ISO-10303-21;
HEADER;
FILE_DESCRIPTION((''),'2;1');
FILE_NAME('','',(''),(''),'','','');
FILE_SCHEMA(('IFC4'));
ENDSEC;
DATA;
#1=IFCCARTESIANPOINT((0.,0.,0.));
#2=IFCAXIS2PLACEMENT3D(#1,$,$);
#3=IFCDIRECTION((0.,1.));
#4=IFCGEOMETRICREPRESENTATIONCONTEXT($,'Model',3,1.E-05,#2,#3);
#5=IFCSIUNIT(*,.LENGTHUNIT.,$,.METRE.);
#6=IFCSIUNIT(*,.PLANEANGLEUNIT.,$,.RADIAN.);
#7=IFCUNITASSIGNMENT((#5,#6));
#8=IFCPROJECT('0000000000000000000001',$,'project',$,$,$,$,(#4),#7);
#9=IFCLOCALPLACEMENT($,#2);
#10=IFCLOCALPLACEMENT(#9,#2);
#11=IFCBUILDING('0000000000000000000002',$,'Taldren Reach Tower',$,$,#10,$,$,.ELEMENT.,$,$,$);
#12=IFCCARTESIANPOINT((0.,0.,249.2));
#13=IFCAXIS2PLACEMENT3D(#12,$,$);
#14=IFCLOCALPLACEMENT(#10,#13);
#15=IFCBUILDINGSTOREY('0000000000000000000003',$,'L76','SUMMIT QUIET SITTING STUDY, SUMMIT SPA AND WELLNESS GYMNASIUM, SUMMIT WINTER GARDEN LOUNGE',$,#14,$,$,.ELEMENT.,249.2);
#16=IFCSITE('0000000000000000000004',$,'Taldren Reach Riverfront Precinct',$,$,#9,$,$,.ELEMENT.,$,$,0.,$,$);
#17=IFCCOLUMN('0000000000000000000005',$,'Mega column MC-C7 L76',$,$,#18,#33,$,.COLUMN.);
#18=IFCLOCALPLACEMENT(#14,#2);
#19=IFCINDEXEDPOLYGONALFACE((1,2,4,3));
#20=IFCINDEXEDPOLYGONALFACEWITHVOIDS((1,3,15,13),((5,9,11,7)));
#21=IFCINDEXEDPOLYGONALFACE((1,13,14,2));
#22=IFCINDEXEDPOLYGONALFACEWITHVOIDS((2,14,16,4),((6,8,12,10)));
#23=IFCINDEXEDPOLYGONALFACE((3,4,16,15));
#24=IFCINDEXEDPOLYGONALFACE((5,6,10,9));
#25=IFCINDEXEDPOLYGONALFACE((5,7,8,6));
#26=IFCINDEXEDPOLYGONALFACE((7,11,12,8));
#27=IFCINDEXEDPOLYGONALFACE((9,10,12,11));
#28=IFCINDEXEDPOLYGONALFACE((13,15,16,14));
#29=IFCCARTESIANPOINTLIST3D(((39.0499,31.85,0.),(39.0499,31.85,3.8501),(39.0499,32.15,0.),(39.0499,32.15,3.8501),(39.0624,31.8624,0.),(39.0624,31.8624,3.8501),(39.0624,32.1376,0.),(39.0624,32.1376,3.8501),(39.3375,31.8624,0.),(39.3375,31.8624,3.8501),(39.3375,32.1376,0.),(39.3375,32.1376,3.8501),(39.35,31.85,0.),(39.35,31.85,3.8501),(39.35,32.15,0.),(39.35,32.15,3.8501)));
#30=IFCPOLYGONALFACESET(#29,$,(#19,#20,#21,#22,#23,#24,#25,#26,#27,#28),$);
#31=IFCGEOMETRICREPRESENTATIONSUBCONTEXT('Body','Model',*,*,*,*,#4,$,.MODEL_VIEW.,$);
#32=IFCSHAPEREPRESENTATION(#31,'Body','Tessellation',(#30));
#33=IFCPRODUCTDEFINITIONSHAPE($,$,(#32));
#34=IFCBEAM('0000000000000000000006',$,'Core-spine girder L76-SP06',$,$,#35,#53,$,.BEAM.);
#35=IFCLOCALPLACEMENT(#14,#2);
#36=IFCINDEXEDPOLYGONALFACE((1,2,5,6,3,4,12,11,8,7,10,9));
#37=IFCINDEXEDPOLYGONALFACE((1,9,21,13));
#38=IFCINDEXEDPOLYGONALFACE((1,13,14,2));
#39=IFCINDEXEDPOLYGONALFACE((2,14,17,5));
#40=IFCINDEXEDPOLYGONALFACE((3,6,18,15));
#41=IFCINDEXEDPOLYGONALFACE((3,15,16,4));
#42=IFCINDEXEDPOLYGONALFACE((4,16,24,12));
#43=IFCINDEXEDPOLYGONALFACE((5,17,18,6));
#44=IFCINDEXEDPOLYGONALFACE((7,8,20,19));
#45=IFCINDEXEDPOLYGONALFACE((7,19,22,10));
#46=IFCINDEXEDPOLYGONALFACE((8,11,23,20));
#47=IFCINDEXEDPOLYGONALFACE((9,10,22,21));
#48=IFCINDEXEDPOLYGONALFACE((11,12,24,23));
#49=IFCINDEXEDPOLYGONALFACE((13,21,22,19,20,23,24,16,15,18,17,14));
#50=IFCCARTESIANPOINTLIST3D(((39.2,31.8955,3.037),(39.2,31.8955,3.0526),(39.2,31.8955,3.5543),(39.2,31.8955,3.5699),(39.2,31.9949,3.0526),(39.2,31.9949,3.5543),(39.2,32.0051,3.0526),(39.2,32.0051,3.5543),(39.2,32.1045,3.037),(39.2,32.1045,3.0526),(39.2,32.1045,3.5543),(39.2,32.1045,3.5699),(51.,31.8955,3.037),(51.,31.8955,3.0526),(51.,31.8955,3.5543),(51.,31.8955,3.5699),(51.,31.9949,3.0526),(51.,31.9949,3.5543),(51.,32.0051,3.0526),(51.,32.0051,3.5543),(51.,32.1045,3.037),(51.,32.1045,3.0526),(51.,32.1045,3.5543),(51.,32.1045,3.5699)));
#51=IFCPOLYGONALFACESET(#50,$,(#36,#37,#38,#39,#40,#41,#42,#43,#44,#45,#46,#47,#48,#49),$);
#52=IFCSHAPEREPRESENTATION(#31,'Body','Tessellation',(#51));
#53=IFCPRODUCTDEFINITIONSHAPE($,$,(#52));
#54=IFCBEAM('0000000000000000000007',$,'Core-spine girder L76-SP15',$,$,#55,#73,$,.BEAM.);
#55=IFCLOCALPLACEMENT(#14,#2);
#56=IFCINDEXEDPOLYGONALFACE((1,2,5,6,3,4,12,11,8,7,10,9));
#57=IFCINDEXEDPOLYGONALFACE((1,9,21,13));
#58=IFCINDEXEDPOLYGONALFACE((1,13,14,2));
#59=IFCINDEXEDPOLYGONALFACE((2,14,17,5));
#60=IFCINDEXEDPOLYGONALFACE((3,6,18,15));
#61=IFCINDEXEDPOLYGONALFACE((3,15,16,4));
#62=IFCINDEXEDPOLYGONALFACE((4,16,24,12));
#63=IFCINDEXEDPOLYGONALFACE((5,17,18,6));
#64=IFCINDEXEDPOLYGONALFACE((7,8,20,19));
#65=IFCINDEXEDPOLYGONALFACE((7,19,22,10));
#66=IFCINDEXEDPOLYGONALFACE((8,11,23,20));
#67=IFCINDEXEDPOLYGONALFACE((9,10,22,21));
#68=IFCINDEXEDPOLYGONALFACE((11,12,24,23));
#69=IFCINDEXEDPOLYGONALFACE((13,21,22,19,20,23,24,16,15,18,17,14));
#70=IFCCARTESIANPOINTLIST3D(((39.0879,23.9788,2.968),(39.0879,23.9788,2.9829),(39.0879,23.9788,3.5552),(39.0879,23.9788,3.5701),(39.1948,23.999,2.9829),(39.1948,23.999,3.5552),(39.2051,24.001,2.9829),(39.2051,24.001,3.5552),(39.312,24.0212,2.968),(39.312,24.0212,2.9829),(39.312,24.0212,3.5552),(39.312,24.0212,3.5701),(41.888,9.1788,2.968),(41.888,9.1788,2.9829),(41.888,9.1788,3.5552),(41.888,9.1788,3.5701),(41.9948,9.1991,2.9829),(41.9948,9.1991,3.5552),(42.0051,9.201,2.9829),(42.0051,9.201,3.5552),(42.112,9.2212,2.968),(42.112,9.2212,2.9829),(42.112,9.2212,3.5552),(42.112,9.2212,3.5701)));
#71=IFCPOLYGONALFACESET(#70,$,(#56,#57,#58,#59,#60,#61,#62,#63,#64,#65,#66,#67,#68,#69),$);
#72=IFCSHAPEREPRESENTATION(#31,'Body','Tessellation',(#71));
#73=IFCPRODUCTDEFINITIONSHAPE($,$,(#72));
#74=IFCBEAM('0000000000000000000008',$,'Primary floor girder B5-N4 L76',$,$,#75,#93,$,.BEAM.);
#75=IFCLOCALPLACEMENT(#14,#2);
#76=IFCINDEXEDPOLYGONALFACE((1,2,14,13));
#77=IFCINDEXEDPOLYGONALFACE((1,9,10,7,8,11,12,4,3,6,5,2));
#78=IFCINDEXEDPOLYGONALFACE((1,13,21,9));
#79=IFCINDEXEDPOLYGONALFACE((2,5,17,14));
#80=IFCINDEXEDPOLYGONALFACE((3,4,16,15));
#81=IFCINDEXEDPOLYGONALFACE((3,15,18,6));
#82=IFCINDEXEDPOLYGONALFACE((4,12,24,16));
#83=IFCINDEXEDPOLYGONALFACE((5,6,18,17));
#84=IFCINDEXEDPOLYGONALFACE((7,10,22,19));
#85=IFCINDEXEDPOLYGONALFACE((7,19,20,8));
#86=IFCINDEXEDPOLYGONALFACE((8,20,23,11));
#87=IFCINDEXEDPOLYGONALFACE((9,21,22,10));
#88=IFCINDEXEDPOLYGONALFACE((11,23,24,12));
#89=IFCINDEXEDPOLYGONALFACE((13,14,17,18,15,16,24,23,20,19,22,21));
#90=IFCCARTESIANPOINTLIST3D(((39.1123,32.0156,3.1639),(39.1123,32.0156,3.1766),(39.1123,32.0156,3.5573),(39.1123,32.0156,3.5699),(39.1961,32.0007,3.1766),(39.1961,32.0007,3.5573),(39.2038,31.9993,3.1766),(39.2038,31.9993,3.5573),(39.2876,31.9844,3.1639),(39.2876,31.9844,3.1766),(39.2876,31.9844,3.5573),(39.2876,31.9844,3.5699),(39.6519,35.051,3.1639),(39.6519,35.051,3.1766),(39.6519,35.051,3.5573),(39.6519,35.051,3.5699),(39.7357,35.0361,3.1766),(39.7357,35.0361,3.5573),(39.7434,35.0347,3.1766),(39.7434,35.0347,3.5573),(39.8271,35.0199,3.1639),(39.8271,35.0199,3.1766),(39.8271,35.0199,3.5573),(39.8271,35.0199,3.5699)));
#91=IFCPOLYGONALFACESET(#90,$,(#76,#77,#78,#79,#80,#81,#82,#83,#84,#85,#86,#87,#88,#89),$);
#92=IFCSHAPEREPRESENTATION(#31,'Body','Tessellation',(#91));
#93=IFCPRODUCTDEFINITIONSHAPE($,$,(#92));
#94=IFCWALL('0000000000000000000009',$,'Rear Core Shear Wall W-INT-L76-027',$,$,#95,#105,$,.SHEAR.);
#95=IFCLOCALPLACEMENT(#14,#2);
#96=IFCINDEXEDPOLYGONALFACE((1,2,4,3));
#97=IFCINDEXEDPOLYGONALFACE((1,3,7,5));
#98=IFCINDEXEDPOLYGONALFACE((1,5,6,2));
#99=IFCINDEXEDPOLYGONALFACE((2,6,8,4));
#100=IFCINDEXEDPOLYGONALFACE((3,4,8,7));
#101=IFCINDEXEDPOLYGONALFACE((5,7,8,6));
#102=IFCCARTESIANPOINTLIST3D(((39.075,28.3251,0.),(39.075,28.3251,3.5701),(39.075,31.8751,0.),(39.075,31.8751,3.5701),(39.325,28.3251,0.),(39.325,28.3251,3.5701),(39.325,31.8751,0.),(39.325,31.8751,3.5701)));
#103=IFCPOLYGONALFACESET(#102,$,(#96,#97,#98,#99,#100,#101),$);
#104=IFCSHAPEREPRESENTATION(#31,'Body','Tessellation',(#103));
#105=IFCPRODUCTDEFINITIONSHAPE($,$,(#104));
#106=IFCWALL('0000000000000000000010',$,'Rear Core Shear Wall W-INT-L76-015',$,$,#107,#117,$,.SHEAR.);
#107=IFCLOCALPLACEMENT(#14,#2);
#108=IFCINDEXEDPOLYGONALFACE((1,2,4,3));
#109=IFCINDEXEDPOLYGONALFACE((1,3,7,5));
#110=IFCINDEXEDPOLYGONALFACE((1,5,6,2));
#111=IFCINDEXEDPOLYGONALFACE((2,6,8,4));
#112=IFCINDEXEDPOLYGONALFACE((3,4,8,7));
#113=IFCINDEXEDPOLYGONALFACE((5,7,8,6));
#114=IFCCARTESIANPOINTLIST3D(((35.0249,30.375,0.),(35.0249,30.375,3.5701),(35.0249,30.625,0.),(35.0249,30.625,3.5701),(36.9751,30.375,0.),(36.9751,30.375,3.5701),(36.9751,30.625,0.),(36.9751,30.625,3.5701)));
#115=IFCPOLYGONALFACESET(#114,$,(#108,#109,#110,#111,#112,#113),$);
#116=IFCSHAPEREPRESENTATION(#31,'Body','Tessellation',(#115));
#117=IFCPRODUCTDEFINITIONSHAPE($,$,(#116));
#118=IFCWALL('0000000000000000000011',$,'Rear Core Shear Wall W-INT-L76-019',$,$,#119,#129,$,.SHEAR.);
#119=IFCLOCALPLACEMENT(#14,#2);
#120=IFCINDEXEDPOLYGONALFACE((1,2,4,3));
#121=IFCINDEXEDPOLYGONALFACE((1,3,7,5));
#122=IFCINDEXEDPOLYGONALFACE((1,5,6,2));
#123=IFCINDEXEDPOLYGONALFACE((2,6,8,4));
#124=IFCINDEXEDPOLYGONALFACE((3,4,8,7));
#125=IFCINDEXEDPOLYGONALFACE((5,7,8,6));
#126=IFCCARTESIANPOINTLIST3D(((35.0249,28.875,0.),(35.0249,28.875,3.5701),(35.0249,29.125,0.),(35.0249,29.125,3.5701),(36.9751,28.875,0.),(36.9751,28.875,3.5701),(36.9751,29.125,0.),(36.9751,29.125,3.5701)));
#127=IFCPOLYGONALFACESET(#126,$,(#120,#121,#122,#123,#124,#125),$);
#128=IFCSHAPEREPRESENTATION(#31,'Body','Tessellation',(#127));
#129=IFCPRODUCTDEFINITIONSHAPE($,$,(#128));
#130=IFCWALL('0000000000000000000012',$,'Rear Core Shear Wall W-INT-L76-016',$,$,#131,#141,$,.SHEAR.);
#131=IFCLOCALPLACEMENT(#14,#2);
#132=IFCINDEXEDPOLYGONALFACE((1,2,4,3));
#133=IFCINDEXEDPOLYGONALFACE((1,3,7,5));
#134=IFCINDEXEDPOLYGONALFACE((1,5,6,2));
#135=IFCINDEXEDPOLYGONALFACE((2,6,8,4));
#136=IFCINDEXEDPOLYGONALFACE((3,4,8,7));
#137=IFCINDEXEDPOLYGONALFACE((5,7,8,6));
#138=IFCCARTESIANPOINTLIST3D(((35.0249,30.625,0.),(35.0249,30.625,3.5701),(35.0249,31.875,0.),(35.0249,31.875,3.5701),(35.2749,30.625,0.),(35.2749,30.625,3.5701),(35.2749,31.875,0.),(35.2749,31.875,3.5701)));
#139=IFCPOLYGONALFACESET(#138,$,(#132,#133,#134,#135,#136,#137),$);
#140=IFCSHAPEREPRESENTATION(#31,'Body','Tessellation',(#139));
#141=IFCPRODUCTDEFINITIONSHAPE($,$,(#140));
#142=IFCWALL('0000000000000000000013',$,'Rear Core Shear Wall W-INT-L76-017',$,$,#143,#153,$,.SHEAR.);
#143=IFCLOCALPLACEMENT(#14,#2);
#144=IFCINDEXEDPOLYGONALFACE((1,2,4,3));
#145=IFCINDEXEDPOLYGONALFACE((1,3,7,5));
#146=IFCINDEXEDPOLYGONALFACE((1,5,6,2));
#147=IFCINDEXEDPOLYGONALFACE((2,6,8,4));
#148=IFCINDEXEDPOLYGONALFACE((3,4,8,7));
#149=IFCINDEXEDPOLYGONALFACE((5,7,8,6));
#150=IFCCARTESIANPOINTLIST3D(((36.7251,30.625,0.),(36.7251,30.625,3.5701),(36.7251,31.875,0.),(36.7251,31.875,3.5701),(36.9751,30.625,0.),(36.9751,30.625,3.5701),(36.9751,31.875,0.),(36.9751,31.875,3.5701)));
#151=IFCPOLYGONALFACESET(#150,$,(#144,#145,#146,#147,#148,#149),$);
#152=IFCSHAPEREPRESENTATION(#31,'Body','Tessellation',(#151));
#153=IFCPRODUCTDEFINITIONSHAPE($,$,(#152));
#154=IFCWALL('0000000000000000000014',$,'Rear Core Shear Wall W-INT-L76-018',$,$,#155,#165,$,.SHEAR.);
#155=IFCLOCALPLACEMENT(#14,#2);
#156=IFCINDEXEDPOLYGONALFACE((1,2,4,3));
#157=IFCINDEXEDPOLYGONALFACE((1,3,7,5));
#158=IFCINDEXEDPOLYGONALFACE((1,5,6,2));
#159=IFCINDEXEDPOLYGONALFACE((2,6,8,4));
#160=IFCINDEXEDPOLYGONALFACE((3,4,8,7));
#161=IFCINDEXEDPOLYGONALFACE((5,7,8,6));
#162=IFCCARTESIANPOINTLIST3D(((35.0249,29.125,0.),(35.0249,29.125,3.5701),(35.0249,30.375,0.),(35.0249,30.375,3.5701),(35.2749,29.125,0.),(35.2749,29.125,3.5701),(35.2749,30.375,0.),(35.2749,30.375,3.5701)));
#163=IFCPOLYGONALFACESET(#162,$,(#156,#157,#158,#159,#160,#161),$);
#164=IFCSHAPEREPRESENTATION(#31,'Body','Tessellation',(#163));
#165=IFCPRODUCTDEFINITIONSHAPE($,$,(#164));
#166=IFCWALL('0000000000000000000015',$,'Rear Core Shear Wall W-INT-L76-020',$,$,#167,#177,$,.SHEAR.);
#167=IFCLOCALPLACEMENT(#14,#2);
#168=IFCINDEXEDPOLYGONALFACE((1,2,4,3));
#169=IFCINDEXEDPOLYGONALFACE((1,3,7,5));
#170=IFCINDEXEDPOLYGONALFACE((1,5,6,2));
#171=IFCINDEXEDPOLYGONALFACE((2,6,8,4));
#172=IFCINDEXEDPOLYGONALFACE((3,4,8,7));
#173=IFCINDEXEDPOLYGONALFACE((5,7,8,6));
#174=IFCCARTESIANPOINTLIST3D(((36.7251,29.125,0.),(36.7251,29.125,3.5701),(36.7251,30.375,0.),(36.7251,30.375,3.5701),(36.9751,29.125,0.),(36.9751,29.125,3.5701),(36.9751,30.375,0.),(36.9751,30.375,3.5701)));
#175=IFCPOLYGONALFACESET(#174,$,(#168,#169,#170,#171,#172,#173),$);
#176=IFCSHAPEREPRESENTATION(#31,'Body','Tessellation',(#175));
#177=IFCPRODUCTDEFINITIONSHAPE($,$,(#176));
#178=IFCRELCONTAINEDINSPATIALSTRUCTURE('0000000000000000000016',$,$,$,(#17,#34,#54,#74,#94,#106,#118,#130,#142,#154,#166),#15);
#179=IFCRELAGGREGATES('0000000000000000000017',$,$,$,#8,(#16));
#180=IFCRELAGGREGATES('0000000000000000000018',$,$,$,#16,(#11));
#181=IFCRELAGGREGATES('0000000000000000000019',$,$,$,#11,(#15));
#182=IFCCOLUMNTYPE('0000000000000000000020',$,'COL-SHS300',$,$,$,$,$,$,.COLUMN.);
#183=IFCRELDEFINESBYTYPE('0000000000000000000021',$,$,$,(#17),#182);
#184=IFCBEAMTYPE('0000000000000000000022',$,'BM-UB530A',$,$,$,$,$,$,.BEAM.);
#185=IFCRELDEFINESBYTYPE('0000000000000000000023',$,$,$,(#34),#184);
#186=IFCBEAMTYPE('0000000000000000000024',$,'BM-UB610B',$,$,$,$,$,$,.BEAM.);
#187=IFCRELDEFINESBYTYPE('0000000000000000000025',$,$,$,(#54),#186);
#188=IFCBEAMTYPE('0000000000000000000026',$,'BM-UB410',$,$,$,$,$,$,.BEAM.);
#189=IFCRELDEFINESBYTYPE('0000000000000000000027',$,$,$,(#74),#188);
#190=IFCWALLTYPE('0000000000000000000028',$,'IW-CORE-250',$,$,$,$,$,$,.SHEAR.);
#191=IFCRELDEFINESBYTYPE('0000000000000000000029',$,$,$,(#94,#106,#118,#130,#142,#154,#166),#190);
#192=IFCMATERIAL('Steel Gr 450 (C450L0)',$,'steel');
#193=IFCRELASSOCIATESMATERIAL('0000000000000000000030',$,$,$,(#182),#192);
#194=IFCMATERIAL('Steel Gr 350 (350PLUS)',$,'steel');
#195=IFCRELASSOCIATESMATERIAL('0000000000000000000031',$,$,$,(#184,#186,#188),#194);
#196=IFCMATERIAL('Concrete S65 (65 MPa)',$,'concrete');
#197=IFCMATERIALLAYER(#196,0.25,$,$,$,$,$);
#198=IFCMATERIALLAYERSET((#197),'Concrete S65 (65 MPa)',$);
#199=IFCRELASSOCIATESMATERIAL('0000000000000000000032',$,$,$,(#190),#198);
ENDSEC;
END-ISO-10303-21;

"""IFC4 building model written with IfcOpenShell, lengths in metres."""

from ifc_helpers import new_model, si_unit, direction, frame, frame_2d, origin, origin_2d, place, context, subcontext, project, spatial, rectangle, hollow_rectangle, i_section, extrude, source, transform, mapped, material, layer, layer_set, material_profile, profile_set, type_object, element, save


model = new_model("IFC4")

# Units and contexts
model_context = context("Model", 3, precision=1e-05, world=origin(), true_north=direction((0.0, 1.0)))
body_context = subcontext(model_context, "Body", "Model", "MODEL_VIEW")
ifc_project = project(units=[si_unit("LENGTHUNIT", "METRE"), si_unit("PLANEANGLEUNIT", "RADIAN")], contexts=[model_context])

# Site, building, storey
site_placement = place(None, origin())
site = spatial("IfcSite", under=ifc_project, at=site_placement, Name="Taldren Reach Riverfront Precinct", CompositionType="ELEMENT", RefElevation=0.0)
building_placement = place(site_placement, origin())
building = spatial("IfcBuilding", under=site, at=building_placement, Name="Taldren Reach Tower", CompositionType="ELEMENT")
storey_placement = place(building_placement, frame((0.0, 0.0, 249.2)))
storey = spatial("IfcBuildingStorey", under=building, at=storey_placement, Name="L76", Description="SUMMIT QUIET SITTING STUDY, SUMMIT SPA AND WELLNESS GYMNASIUM, SUMMIT WINTER GARDEN LOUNGE", CompositionType="ELEMENT", Elevation=249.2)

# Column
ifc_material_1 = material(Name="Steel Gr 450 (C450L0)", Category="steel")
ifc_material_profile_1 = material_profile(ifc_material_1, hollow_rectangle(XDim=0.3, YDim=0.3, WallThickness=0.0125, at=origin_2d()), Name="300x300x12.5SHS")
ifc_profile_set_1 = profile_set([ifc_material_profile_1], Name="Steel Gr 450 (C450L0)")
column_type = type_object("IfcColumnType", Name="COL-SHS300", PredefinedType="COLUMN", material=ifc_profile_set_1)
shared_shape_1 = source(origin(), body_context, "Body", "SweptSolid", [
    extrude(hollow_rectangle(XDim=0.3, YDim=0.3, WallThickness=0.0125, at=origin_2d()), origin(), (0.0, 0.0, 1.0), 3.8501),
])
column_placement = place(storey_placement, frame((39.2, 32.0, 0.0), z_axis=(0.0, 0.0, 1.0), x_axis=(1.0, 0.0, 0.0)))
element("IfcColumn", 1, at=column_placement, inside=storey, type_object=column_type, Name="Mega column MC-C7 L76", PredefinedType="COLUMN", context=body_context, shape_type="MappedRepresentation", body=[
    mapped(shared_shape_1, transform((0.0, 0.0, 0.0), scale=1.0)),
])

# Beams
ifc_material_2 = material(Name="Steel Gr 350 (350PLUS)", Category="steel")
ifc_material_profile_2 = material_profile(ifc_material_2, i_section(OverallWidth=0.209, OverallDepth=0.533, WebThickness=0.0103, FlangeThickness=0.0156, at=origin_2d()), Name="530UB92.4")
ifc_profile_set_2 = profile_set([ifc_material_profile_2], Name="Steel Gr 350 (350PLUS)")
beam_type_1 = type_object("IfcBeamType", Name="BM-UB530A", PredefinedType="BEAM", material=ifc_profile_set_2)
shared_shape_2 = source(origin(), body_context, "Body", "SweptSolid", [
    extrude(i_section(OverallWidth=0.209, OverallDepth=0.533, WebThickness=0.0103, FlangeThickness=0.0156, at=origin_2d()), origin(), (0.0, 0.0, 1.0), 11.8),
])
beam_1_placement = place(storey_placement, frame((39.2, 32.0, 3.3035), z_axis=(1.0, 0.0, 0.0), x_axis=(0.0, 1.0, 0.0)))
element("IfcBeam", 2, at=beam_1_placement, inside=storey, type_object=beam_type_1, Name="Core-spine girder L76-SP06", PredefinedType="BEAM", context=body_context, shape_type="MappedRepresentation", body=[
    mapped(shared_shape_2, transform((0.0, 0.0, 0.0), scale=1.0)),
])
ifc_material_profile_3 = material_profile(ifc_material_2, i_section(OverallWidth=0.228, OverallDepth=0.6021, WebThickness=0.0105, FlangeThickness=0.0149, at=origin_2d()), Name="610UB101")
ifc_profile_set_3 = profile_set([ifc_material_profile_3], Name="Steel Gr 350 (350PLUS)")
beam_type_2 = type_object("IfcBeamType", Name="BM-UB610B", PredefinedType="BEAM", material=ifc_profile_set_3)
shared_shape_3 = source(origin(), body_context, "Body", "SweptSolid", [
    extrude(i_section(OverallWidth=0.228, OverallDepth=0.6021, WebThickness=0.0105, FlangeThickness=0.0149, at=origin_2d()), origin(), (0.0, 0.0, 1.0), 15.0625),
])
beam_2_placement = place(storey_placement, frame((39.2, 24.0, 3.269), z_axis=(0.185894, -0.98257, 0.0), x_axis=(0.98257, 0.185894, 0.0)))
element("IfcBeam", 3, at=beam_2_placement, inside=storey, type_object=beam_type_2, Name="Core-spine girder L76-SP15", PredefinedType="BEAM", context=body_context, shape_type="MappedRepresentation", body=[
    mapped(shared_shape_3, transform((0.0, 0.0, 0.0), scale=1.0)),
])
ifc_material_profile_4 = material_profile(ifc_material_2, i_section(OverallWidth=0.178, OverallDepth=0.406, WebThickness=0.0078, FlangeThickness=0.0127, at=origin_2d()), Name="410UB59.7")
ifc_profile_set_4 = profile_set([ifc_material_profile_4], Name="Steel Gr 350 (350PLUS)")
beam_type_3 = type_object("IfcBeamType", Name="BM-UB410", PredefinedType="BEAM", material=ifc_profile_set_4)
shared_shape_4 = source(origin(), body_context, "Body", "SweptSolid", [
    extrude(i_section(OverallWidth=0.178, OverallDepth=0.406, WebThickness=0.0078, FlangeThickness=0.0127, at=origin_2d()), origin(), (0.0, 0.0, 1.0), 3.083),
])
beam_3_placement = place(storey_placement, frame((39.2, 32.0, 3.3669), z_axis=(0.175009, 0.984567, 0.0), x_axis=(-0.984567, 0.175009, 0.0)))
element("IfcBeam", 4, at=beam_3_placement, inside=storey, type_object=beam_type_3, Name="Primary floor girder B5-N4 L76", PredefinedType="BEAM", context=body_context, shape_type="MappedRepresentation", body=[
    mapped(shared_shape_4, transform((0.0, 0.0, 0.0), scale=1.0)),
])

# Walls
ifc_material_3 = material(Name="Concrete S65 (65 MPa)", Category="concrete")
ifc_layer_1 = layer(ifc_material_3, 0.25)
ifc_layer_set_1 = layer_set([ifc_layer_1], Name="Concrete S65 (65 MPa)")
wall_type_1 = type_object("IfcWallType", Name="IW-CORE-250", PredefinedType="SHEAR", material=ifc_layer_set_1)
shared_shape_5 = source(origin(), body_context, "Body", "SweptSolid", [
    extrude(rectangle(XDim=3.55, YDim=0.25, at=frame_2d((1.7749, 0.0))), origin(), (0.0, 0.0, 1.0), 3.5701),
])
wall_1_placement = place(storey_placement, frame((39.2, 31.875, 0.0), z_axis=(0.0, 0.0, 1.0), x_axis=(0.0, -1.0, 0.0)))
element("IfcWall", 5, at=wall_1_placement, inside=storey, type_object=wall_type_1, Name="Rear Core Shear Wall W-INT-L76-027", PredefinedType="SHEAR", context=body_context, shape_type="MappedRepresentation", body=[
    mapped(shared_shape_5, transform((0.0, 0.0, 0.0), scale=1.0)),
])
shared_shape_6 = source(origin(), body_context, "Body", "SweptSolid", [
    extrude(rectangle(XDim=1.9502, YDim=0.25, at=frame_2d((0.9751, 0.0))), origin(), (0.0, 0.0, 1.0), 3.5701),
])
for number, where, z_axis, x_axis, name in (
    (6, (35.0249, 30.5, 0.0), (0.0, 0.0, 1.0), (1.0, 0.0, 0.0), "Rear Core Shear Wall W-INT-L76-015"),
    (7, (35.0249, 29.0, 0.0), (0.0, 0.0, 1.0), (1.0, 0.0, 0.0), "Rear Core Shear Wall W-INT-L76-019"),
):
    element("IfcWall", number, at=place(storey_placement, frame(where, z_axis=z_axis, x_axis=x_axis)), inside=storey, type_object=wall_type_1, Name=name, PredefinedType="SHEAR", context=body_context, shape_type="MappedRepresentation", body=[
        mapped(shared_shape_6, transform((0.0, 0.0, 0.0), scale=1.0)),
    ])
shared_shape_7 = source(origin(), body_context, "Body", "SweptSolid", [
    extrude(rectangle(XDim=1.25, YDim=0.25, at=frame_2d((0.625, 0.0))), origin(), (0.0, 0.0, 1.0), 3.5701),
])
for number, where, z_axis, x_axis, name in (
    (8, (35.1499, 31.875, 0.0), (0.0, 0.0, 1.0), (0.0, -1.0, 0.0), "Rear Core Shear Wall W-INT-L76-016"),
    (9, (36.8501, 30.625, 0.0), (0.0, 0.0, 1.0), (0.0, 1.0, 0.0), "Rear Core Shear Wall W-INT-L76-017"),
    (10, (35.1499, 30.375, 0.0), (0.0, 0.0, 1.0), (0.0, -1.0, 0.0), "Rear Core Shear Wall W-INT-L76-018"),
    (11, (36.8501, 29.125, 0.0), (0.0, 0.0, 1.0), (0.0, 1.0, 0.0), "Rear Core Shear Wall W-INT-L76-020"),
):
    element("IfcWall", number, at=place(storey_placement, frame(where, z_axis=z_axis, x_axis=x_axis)), inside=storey, type_object=wall_type_1, Name=name, PredefinedType="SHEAR", context=body_context, shape_type="MappedRepresentation", body=[
        mapped(shared_shape_7, transform((0.0, 0.0, 0.0), scale=1.0)),
    ])

save(model, "model.ifc")
